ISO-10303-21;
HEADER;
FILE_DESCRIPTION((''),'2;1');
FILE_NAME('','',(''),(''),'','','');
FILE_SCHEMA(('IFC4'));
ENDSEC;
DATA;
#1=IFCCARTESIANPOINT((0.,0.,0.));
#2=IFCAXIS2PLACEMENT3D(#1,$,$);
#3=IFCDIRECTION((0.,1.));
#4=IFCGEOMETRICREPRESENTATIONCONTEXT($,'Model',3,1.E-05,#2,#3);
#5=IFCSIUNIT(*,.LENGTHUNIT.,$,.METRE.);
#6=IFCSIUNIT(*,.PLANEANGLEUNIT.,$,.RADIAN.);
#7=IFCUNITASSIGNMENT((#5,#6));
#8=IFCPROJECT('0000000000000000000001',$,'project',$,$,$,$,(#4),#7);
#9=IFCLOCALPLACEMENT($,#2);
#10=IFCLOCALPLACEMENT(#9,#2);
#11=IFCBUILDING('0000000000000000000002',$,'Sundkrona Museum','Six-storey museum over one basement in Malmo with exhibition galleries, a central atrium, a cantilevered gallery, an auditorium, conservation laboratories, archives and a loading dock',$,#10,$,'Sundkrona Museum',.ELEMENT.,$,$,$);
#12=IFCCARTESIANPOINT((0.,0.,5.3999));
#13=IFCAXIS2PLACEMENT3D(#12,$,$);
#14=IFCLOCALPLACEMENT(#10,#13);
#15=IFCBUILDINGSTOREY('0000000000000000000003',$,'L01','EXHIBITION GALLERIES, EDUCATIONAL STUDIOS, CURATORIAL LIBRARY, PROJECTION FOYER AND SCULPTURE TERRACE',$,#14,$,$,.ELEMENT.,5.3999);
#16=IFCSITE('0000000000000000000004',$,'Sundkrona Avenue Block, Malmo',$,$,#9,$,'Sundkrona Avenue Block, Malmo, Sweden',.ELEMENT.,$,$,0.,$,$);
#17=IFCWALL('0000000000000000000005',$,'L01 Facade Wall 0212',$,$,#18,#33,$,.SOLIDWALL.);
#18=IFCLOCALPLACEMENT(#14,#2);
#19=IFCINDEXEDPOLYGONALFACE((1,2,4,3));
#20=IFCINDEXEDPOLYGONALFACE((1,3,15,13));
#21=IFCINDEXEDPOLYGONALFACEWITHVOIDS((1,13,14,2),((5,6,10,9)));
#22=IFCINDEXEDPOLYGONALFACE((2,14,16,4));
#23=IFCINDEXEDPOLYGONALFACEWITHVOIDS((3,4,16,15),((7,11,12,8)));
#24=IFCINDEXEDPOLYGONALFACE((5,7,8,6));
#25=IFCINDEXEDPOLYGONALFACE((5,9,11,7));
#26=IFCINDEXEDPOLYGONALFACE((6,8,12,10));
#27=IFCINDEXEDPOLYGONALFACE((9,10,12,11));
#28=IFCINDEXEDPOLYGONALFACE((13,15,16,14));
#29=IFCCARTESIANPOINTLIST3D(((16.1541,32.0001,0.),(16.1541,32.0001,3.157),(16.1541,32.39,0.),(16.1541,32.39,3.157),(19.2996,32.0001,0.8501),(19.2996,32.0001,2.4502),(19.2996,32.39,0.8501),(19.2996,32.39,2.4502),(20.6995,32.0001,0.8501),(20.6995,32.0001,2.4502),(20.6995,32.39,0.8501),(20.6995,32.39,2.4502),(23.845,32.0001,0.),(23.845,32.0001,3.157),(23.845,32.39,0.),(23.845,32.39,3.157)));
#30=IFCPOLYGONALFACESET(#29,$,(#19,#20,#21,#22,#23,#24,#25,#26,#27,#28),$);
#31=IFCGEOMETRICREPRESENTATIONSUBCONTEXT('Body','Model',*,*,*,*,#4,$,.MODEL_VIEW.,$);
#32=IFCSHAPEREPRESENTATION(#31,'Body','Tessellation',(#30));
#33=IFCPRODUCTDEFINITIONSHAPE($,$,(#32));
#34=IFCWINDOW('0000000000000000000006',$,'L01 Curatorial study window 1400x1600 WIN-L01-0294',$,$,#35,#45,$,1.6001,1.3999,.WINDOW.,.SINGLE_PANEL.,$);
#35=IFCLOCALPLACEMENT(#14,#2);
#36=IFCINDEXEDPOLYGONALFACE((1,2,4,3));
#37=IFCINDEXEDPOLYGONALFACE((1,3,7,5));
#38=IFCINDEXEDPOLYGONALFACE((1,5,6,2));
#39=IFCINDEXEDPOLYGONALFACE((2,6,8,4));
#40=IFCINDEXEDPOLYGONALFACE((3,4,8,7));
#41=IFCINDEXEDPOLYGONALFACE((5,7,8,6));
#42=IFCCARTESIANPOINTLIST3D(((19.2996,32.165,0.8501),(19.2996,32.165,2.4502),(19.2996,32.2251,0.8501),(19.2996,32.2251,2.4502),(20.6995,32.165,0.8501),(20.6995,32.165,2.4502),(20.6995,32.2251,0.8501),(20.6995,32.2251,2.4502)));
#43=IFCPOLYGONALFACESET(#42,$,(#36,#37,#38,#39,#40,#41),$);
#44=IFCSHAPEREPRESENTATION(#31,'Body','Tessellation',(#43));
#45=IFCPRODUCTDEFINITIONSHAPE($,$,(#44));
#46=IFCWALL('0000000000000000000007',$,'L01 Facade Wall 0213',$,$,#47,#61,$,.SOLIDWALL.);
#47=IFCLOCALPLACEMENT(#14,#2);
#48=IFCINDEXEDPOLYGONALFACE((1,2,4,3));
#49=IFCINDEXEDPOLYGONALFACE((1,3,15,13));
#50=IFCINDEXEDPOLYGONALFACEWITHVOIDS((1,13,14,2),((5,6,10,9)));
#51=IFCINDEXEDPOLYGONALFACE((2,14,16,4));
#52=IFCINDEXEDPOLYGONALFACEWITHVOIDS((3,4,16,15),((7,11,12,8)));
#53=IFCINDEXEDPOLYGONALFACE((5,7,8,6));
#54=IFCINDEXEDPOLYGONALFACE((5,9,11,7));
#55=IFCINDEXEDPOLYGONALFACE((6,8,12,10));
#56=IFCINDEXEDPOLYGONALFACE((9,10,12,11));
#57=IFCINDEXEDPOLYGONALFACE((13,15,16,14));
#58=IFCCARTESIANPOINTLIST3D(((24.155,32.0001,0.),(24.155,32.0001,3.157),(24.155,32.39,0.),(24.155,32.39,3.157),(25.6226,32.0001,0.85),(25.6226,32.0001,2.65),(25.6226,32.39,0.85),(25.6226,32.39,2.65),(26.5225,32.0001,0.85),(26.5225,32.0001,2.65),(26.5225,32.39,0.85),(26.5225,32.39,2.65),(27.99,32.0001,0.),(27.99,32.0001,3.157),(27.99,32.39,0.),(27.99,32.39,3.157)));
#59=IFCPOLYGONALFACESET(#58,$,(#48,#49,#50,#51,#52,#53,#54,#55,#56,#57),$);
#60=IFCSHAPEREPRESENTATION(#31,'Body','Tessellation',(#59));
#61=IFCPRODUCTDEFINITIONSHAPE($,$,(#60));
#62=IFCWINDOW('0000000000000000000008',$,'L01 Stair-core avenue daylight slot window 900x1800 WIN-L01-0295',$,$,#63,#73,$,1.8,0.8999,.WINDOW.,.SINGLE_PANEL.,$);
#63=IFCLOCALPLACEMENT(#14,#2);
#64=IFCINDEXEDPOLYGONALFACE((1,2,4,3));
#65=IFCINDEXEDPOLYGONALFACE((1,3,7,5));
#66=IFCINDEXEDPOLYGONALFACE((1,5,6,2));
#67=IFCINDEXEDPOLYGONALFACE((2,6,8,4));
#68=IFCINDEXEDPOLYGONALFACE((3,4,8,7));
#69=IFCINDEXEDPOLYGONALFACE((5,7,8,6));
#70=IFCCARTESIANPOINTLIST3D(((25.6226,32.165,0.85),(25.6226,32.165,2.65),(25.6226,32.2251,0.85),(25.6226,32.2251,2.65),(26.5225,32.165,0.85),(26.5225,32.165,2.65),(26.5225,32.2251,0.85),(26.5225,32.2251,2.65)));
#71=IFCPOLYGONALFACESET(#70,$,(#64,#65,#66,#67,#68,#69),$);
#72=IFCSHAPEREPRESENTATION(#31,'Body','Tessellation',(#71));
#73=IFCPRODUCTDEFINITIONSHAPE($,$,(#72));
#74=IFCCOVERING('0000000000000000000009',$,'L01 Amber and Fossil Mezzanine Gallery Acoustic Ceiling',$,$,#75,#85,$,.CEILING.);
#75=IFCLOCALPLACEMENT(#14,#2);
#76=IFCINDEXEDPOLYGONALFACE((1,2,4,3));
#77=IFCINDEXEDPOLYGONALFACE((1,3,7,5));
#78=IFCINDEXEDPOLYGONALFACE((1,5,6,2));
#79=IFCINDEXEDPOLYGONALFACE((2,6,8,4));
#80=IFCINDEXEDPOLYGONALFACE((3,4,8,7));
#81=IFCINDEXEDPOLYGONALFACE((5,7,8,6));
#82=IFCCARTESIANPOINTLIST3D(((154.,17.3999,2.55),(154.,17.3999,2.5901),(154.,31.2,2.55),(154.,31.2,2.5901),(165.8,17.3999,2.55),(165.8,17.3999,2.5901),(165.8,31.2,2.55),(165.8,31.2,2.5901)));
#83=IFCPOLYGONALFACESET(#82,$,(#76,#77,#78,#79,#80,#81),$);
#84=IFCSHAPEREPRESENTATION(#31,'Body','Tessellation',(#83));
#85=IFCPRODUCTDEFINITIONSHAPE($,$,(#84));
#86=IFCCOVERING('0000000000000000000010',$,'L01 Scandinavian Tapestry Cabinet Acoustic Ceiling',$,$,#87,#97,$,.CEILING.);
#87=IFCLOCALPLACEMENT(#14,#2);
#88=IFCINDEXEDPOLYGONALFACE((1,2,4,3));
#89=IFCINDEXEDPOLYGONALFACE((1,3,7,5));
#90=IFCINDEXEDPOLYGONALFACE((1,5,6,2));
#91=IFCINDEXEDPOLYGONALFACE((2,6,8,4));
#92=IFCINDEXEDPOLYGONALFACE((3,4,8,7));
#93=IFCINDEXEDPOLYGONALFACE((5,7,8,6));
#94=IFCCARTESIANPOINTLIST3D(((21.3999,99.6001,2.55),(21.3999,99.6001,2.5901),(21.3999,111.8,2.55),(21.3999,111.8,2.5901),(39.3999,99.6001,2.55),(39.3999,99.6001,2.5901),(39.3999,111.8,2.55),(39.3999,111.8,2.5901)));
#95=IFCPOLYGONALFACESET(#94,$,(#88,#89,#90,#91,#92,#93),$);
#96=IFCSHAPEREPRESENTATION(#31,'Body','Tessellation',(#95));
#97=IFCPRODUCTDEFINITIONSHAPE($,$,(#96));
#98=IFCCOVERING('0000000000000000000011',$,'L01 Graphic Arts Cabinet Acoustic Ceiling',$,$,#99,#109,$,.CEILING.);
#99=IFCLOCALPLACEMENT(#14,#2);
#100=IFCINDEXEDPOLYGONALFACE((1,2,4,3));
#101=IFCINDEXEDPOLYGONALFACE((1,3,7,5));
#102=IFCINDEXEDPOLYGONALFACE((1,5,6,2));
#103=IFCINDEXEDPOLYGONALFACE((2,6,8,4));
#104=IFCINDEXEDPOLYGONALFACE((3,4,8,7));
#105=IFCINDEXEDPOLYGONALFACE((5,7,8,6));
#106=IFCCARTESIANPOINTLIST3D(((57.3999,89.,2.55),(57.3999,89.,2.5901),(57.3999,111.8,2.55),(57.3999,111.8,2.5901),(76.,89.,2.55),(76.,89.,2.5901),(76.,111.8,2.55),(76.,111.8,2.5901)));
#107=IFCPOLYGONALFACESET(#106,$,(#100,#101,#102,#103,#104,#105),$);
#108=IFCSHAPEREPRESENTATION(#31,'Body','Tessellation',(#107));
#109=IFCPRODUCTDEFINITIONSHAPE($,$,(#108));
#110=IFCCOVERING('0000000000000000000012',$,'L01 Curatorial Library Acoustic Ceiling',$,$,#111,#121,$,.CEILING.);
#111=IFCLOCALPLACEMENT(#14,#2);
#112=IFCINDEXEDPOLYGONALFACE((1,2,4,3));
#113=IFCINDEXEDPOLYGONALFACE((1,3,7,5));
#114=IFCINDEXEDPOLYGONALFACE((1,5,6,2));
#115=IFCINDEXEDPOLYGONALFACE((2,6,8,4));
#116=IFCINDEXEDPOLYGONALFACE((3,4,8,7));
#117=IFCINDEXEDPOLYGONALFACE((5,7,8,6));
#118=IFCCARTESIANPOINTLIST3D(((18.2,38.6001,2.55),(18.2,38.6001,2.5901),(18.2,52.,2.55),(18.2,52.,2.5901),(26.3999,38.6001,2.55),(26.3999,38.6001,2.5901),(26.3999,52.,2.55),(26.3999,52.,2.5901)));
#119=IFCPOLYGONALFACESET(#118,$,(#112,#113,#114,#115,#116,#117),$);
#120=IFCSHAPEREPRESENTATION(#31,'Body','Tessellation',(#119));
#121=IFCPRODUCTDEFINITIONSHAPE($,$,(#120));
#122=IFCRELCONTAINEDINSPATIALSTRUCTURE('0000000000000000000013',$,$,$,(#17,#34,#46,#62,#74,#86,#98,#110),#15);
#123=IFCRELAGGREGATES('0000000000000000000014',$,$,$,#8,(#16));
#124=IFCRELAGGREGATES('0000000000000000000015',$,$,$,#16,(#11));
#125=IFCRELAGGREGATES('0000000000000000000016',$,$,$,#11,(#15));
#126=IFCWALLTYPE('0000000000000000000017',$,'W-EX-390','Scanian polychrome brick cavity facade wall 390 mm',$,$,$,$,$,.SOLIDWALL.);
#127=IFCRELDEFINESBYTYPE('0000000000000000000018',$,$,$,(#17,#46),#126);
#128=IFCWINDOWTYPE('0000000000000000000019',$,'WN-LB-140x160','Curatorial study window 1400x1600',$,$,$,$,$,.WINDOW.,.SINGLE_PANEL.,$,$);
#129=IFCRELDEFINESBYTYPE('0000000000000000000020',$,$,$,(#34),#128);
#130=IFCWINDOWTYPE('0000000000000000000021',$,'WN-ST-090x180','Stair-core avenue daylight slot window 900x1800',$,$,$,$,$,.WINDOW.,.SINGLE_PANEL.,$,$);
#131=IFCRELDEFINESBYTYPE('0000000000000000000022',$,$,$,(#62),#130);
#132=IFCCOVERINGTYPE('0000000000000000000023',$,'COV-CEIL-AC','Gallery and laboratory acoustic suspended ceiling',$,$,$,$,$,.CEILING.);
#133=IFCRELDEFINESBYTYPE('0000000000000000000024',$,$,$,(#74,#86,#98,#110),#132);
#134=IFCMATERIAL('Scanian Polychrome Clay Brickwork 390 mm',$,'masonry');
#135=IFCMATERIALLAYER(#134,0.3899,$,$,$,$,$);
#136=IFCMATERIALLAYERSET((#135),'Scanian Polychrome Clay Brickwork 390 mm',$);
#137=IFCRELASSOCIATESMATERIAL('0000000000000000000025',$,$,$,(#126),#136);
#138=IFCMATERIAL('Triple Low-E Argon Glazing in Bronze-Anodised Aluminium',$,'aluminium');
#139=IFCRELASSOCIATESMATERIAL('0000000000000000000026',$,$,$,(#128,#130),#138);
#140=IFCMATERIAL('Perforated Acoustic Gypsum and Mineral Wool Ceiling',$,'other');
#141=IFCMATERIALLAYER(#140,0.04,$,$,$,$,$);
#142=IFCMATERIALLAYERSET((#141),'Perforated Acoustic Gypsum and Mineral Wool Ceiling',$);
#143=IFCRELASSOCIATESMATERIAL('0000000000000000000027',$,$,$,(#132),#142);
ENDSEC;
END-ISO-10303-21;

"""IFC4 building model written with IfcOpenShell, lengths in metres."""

from ifc_helpers import new_model, si_unit, direction, frame, frame_2d, origin, place, context, subcontext, project, spatial, polyline, rectangle, outline, extrude, material, layer, layer_set, type_object, element, fill, save


model = new_model("IFC4")

# Units and contexts
model_context = context("Model", 3, precision=1e-05, world=origin(), true_north=direction((0.0, 1.0)))
body_context = subcontext(model_context, "Body", "Model", "MODEL_VIEW")
ifc_project = project(units=[si_unit("LENGTHUNIT", "METRE"), si_unit("PLANEANGLEUNIT", "RADIAN")], contexts=[model_context])

# Site, building, storey
site_placement = place(None, origin())
site = spatial("IfcSite", under=ifc_project, at=site_placement, Name="Sundkrona Avenue Block, Malmo", LongName="Sundkrona Avenue Block, Malmo, Sweden", CompositionType="ELEMENT", RefElevation=0.0)
building_placement = place(site_placement, origin())
building = spatial("IfcBuilding", under=site, at=building_placement, Name="Sundkrona Museum", Description="Six-storey museum over one basement in Malmo with exhibition galleries, a central atrium, a cantilevered gallery, an auditorium, conservation laboratories, archives and a loading dock", LongName="Sundkrona Museum", CompositionType="ELEMENT")
storey_placement = place(building_placement, frame((0.0, 0.0, 5.3999)))
storey = spatial("IfcBuildingStorey", under=building, at=storey_placement, Name="L01", Description="EXHIBITION GALLERIES, EDUCATIONAL STUDIOS, CURATORIAL LIBRARY, PROJECTION FOYER AND SCULPTURE TERRACE", CompositionType="ELEMENT", Elevation=5.3999)

# Walls, openings, windows
ifc_material_1 = material(Name="Scanian Polychrome Clay Brickwork 390 mm", Category="masonry")
ifc_layer_1 = layer(ifc_material_1, 0.3899)
ifc_layer_set_1 = layer_set([ifc_layer_1], Name="Scanian Polychrome Clay Brickwork 390 mm")
wall_type_1 = type_object("IfcWallType", Name="W-EX-390", Description="Scanian polychrome brick cavity facade wall 390 mm", PredefinedType="SOLIDWALL", material=ifc_layer_set_1)
wall_1_placement = place(storey_placement, frame((23.845, 32.1951, 0.0), z_axis=(0.0, 0.0, 1.0), x_axis=(-1.0, 0.0, 0.0)))
wall_1 = element("IfcWall", 1, at=wall_1_placement, inside=storey, type_object=wall_type_1, Name="L01 Facade Wall 0212", PredefinedType="SOLIDWALL", context=body_context, shape_type="SweptSolid", body=[
    extrude(rectangle(XDim=7.6909, YDim=0.3899, at=frame_2d((3.8455, 0.0))), origin(), (0.0, 0.0, 1.0), 3.157),
])
opening_1_placement = place(wall_1_placement, frame((3.1455, 0.0, 0.8501)))
opening_1 = element("IfcOpeningElement", 2, at=opening_1_placement, cuts=wall_1, PredefinedType="OPENING", context=body_context, shape_type="SweptSolid", body=[
    extrude(rectangle(XDim=1.3999, YDim=1.6001, at=frame_2d((0.7, 0.8))), frame((0.0, 0.2048, 0.0), z_axis=(0.0, -1.0, 0.0), x_axis=(1.0, 0.0, 0.0)), (0.0, 0.0, 1.0), 0.4099),
])
ifc_material_2 = material(Name="Triple Low-E Argon Glazing in Bronze-Anodised Aluminium", Category="aluminium")
window_type_1 = type_object("IfcWindowType", Name="WN-LB-140x160", Description="Curatorial study window 1400x1600", PartitioningType="SINGLE_PANEL", PredefinedType="WINDOW", material=ifc_material_2)
window_1_placement = place(opening_1_placement, origin())
window_1 = element("IfcWindow", 3, at=window_1_placement, inside=storey, type_object=window_type_1, Name="L01 Curatorial study window 1400x1600 WIN-L01-0294", OverallHeight=1.6001, OverallWidth=1.3999, PartitioningType="SINGLE_PANEL", PredefinedType="WINDOW", context=body_context, shape_type="SweptSolid", body=[
    extrude(rectangle(XDim=1.3999, YDim=1.6001, at=frame_2d((0.7, 0.8))), frame((0.0, 0.03, 0.0), z_axis=(0.0, -1.0, 0.0), x_axis=(1.0, 0.0, 0.0)), (0.0, 0.0, 1.0), 0.0601),
])
fill(opening_1, window_1)
wall_2_placement = place(storey_placement, frame((27.99, 32.1951, 0.0), z_axis=(0.0, 0.0, 1.0), x_axis=(-1.0, 0.0, 0.0)))
wall_2 = element("IfcWall", 4, at=wall_2_placement, inside=storey, type_object=wall_type_1, Name="L01 Facade Wall 0213", PredefinedType="SOLIDWALL", context=body_context, shape_type="SweptSolid", body=[
    extrude(rectangle(XDim=3.835, YDim=0.3899, at=frame_2d((1.9175, 0.0))), origin(), (0.0, 0.0, 1.0), 3.157),
])
opening_2_placement = place(wall_2_placement, frame((1.4675, 0.0, 0.8501)))
opening_2 = element("IfcOpeningElement", 5, at=opening_2_placement, cuts=wall_2, PredefinedType="OPENING", context=body_context, shape_type="SweptSolid", body=[
    extrude(rectangle(XDim=0.8999, YDim=1.8, at=frame_2d((0.45, 0.8999))), frame((0.0, 0.2048, 0.0), z_axis=(0.0, -1.0, 0.0), x_axis=(1.0, 0.0, 0.0)), (0.0, 0.0, 1.0), 0.4099),
])
window_type_2 = type_object("IfcWindowType", Name="WN-ST-090x180", Description="Stair-core avenue daylight slot window 900x1800", PartitioningType="SINGLE_PANEL", PredefinedType="WINDOW", material=ifc_material_2)
window_2_placement = place(opening_2_placement, origin())
window_2 = element("IfcWindow", 6, at=window_2_placement, inside=storey, type_object=window_type_2, Name="L01 Stair-core avenue daylight slot window 900x1800 WIN-L01-0295", OverallHeight=1.8, OverallWidth=0.8999, PartitioningType="SINGLE_PANEL", PredefinedType="WINDOW", context=body_context, shape_type="SweptSolid", body=[
    extrude(rectangle(XDim=0.8999, YDim=1.8, at=frame_2d((0.45, 0.8999))), frame((0.0, 0.03, 0.0), z_axis=(0.0, -1.0, 0.0), x_axis=(1.0, 0.0, 0.0)), (0.0, 0.0, 1.0), 0.0601),
])
fill(opening_2, window_2)

# Coverings
ifc_material_3 = material(Name="Perforated Acoustic Gypsum and Mineral Wool Ceiling", Category="other")
ifc_layer_2 = layer(ifc_material_3, 0.04)
ifc_layer_set_2 = layer_set([ifc_layer_2], Name="Perforated Acoustic Gypsum and Mineral Wool Ceiling")
covering_type = type_object("IfcCoveringType", Name="COV-CEIL-AC", Description="Gallery and laboratory acoustic suspended ceiling", PredefinedType="CEILING", material=ifc_layer_set_2)
covering_1_placement = place(storey_placement, frame((0.0, 0.0, 2.55)))
element("IfcCovering", 7, at=covering_1_placement, inside=storey, type_object=covering_type, Name="L01 Amber and Fossil Mezzanine Gallery Acoustic Ceiling", PredefinedType="CEILING", context=body_context, shape_type="SweptSolid", body=[
    extrude(outline(polyline([(154.0, 17.3999), (165.8, 17.3999), (165.8, 31.2), (154.0, 31.2), (154.0, 17.3999)])), origin(), (0.0, 0.0, 1.0), 0.04),
])
covering_2_placement = place(storey_placement, frame((0.0, 0.0, 2.55)))
element("IfcCovering", 8, at=covering_2_placement, inside=storey, type_object=covering_type, Name="L01 Scandinavian Tapestry Cabinet Acoustic Ceiling", PredefinedType="CEILING", context=body_context, shape_type="SweptSolid", body=[
    extrude(outline(polyline([(21.3999, 99.6001), (39.3999, 99.6001), (39.3999, 111.8), (21.3999, 111.8), (21.3999, 99.6001)])), origin(), (0.0, 0.0, 1.0), 0.04),
])
covering_3_placement = place(storey_placement, frame((0.0, 0.0, 2.55)))
element("IfcCovering", 9, at=covering_3_placement, inside=storey, type_object=covering_type, Name="L01 Graphic Arts Cabinet Acoustic Ceiling", PredefinedType="CEILING", context=body_context, shape_type="SweptSolid", body=[
    extrude(outline(polyline([(57.3999, 89.0), (76.0, 89.0), (76.0, 111.8), (57.3999, 111.8), (57.3999, 89.0)])), origin(), (0.0, 0.0, 1.0), 0.04),
])
covering_4_placement = place(storey_placement, frame((0.0, 0.0, 2.55)))
element("IfcCovering", 10, at=covering_4_placement, inside=storey, type_object=covering_type, Name="L01 Curatorial Library Acoustic Ceiling", PredefinedType="CEILING", context=body_context, shape_type="SweptSolid", body=[
    extrude(outline(polyline([(18.2, 38.6001), (26.3999, 38.6001), (26.3999, 52.0), (18.2, 52.0), (18.2, 38.6001)])), origin(), (0.0, 0.0, 1.0), 0.04),
])

save(model, "model.ifc")
